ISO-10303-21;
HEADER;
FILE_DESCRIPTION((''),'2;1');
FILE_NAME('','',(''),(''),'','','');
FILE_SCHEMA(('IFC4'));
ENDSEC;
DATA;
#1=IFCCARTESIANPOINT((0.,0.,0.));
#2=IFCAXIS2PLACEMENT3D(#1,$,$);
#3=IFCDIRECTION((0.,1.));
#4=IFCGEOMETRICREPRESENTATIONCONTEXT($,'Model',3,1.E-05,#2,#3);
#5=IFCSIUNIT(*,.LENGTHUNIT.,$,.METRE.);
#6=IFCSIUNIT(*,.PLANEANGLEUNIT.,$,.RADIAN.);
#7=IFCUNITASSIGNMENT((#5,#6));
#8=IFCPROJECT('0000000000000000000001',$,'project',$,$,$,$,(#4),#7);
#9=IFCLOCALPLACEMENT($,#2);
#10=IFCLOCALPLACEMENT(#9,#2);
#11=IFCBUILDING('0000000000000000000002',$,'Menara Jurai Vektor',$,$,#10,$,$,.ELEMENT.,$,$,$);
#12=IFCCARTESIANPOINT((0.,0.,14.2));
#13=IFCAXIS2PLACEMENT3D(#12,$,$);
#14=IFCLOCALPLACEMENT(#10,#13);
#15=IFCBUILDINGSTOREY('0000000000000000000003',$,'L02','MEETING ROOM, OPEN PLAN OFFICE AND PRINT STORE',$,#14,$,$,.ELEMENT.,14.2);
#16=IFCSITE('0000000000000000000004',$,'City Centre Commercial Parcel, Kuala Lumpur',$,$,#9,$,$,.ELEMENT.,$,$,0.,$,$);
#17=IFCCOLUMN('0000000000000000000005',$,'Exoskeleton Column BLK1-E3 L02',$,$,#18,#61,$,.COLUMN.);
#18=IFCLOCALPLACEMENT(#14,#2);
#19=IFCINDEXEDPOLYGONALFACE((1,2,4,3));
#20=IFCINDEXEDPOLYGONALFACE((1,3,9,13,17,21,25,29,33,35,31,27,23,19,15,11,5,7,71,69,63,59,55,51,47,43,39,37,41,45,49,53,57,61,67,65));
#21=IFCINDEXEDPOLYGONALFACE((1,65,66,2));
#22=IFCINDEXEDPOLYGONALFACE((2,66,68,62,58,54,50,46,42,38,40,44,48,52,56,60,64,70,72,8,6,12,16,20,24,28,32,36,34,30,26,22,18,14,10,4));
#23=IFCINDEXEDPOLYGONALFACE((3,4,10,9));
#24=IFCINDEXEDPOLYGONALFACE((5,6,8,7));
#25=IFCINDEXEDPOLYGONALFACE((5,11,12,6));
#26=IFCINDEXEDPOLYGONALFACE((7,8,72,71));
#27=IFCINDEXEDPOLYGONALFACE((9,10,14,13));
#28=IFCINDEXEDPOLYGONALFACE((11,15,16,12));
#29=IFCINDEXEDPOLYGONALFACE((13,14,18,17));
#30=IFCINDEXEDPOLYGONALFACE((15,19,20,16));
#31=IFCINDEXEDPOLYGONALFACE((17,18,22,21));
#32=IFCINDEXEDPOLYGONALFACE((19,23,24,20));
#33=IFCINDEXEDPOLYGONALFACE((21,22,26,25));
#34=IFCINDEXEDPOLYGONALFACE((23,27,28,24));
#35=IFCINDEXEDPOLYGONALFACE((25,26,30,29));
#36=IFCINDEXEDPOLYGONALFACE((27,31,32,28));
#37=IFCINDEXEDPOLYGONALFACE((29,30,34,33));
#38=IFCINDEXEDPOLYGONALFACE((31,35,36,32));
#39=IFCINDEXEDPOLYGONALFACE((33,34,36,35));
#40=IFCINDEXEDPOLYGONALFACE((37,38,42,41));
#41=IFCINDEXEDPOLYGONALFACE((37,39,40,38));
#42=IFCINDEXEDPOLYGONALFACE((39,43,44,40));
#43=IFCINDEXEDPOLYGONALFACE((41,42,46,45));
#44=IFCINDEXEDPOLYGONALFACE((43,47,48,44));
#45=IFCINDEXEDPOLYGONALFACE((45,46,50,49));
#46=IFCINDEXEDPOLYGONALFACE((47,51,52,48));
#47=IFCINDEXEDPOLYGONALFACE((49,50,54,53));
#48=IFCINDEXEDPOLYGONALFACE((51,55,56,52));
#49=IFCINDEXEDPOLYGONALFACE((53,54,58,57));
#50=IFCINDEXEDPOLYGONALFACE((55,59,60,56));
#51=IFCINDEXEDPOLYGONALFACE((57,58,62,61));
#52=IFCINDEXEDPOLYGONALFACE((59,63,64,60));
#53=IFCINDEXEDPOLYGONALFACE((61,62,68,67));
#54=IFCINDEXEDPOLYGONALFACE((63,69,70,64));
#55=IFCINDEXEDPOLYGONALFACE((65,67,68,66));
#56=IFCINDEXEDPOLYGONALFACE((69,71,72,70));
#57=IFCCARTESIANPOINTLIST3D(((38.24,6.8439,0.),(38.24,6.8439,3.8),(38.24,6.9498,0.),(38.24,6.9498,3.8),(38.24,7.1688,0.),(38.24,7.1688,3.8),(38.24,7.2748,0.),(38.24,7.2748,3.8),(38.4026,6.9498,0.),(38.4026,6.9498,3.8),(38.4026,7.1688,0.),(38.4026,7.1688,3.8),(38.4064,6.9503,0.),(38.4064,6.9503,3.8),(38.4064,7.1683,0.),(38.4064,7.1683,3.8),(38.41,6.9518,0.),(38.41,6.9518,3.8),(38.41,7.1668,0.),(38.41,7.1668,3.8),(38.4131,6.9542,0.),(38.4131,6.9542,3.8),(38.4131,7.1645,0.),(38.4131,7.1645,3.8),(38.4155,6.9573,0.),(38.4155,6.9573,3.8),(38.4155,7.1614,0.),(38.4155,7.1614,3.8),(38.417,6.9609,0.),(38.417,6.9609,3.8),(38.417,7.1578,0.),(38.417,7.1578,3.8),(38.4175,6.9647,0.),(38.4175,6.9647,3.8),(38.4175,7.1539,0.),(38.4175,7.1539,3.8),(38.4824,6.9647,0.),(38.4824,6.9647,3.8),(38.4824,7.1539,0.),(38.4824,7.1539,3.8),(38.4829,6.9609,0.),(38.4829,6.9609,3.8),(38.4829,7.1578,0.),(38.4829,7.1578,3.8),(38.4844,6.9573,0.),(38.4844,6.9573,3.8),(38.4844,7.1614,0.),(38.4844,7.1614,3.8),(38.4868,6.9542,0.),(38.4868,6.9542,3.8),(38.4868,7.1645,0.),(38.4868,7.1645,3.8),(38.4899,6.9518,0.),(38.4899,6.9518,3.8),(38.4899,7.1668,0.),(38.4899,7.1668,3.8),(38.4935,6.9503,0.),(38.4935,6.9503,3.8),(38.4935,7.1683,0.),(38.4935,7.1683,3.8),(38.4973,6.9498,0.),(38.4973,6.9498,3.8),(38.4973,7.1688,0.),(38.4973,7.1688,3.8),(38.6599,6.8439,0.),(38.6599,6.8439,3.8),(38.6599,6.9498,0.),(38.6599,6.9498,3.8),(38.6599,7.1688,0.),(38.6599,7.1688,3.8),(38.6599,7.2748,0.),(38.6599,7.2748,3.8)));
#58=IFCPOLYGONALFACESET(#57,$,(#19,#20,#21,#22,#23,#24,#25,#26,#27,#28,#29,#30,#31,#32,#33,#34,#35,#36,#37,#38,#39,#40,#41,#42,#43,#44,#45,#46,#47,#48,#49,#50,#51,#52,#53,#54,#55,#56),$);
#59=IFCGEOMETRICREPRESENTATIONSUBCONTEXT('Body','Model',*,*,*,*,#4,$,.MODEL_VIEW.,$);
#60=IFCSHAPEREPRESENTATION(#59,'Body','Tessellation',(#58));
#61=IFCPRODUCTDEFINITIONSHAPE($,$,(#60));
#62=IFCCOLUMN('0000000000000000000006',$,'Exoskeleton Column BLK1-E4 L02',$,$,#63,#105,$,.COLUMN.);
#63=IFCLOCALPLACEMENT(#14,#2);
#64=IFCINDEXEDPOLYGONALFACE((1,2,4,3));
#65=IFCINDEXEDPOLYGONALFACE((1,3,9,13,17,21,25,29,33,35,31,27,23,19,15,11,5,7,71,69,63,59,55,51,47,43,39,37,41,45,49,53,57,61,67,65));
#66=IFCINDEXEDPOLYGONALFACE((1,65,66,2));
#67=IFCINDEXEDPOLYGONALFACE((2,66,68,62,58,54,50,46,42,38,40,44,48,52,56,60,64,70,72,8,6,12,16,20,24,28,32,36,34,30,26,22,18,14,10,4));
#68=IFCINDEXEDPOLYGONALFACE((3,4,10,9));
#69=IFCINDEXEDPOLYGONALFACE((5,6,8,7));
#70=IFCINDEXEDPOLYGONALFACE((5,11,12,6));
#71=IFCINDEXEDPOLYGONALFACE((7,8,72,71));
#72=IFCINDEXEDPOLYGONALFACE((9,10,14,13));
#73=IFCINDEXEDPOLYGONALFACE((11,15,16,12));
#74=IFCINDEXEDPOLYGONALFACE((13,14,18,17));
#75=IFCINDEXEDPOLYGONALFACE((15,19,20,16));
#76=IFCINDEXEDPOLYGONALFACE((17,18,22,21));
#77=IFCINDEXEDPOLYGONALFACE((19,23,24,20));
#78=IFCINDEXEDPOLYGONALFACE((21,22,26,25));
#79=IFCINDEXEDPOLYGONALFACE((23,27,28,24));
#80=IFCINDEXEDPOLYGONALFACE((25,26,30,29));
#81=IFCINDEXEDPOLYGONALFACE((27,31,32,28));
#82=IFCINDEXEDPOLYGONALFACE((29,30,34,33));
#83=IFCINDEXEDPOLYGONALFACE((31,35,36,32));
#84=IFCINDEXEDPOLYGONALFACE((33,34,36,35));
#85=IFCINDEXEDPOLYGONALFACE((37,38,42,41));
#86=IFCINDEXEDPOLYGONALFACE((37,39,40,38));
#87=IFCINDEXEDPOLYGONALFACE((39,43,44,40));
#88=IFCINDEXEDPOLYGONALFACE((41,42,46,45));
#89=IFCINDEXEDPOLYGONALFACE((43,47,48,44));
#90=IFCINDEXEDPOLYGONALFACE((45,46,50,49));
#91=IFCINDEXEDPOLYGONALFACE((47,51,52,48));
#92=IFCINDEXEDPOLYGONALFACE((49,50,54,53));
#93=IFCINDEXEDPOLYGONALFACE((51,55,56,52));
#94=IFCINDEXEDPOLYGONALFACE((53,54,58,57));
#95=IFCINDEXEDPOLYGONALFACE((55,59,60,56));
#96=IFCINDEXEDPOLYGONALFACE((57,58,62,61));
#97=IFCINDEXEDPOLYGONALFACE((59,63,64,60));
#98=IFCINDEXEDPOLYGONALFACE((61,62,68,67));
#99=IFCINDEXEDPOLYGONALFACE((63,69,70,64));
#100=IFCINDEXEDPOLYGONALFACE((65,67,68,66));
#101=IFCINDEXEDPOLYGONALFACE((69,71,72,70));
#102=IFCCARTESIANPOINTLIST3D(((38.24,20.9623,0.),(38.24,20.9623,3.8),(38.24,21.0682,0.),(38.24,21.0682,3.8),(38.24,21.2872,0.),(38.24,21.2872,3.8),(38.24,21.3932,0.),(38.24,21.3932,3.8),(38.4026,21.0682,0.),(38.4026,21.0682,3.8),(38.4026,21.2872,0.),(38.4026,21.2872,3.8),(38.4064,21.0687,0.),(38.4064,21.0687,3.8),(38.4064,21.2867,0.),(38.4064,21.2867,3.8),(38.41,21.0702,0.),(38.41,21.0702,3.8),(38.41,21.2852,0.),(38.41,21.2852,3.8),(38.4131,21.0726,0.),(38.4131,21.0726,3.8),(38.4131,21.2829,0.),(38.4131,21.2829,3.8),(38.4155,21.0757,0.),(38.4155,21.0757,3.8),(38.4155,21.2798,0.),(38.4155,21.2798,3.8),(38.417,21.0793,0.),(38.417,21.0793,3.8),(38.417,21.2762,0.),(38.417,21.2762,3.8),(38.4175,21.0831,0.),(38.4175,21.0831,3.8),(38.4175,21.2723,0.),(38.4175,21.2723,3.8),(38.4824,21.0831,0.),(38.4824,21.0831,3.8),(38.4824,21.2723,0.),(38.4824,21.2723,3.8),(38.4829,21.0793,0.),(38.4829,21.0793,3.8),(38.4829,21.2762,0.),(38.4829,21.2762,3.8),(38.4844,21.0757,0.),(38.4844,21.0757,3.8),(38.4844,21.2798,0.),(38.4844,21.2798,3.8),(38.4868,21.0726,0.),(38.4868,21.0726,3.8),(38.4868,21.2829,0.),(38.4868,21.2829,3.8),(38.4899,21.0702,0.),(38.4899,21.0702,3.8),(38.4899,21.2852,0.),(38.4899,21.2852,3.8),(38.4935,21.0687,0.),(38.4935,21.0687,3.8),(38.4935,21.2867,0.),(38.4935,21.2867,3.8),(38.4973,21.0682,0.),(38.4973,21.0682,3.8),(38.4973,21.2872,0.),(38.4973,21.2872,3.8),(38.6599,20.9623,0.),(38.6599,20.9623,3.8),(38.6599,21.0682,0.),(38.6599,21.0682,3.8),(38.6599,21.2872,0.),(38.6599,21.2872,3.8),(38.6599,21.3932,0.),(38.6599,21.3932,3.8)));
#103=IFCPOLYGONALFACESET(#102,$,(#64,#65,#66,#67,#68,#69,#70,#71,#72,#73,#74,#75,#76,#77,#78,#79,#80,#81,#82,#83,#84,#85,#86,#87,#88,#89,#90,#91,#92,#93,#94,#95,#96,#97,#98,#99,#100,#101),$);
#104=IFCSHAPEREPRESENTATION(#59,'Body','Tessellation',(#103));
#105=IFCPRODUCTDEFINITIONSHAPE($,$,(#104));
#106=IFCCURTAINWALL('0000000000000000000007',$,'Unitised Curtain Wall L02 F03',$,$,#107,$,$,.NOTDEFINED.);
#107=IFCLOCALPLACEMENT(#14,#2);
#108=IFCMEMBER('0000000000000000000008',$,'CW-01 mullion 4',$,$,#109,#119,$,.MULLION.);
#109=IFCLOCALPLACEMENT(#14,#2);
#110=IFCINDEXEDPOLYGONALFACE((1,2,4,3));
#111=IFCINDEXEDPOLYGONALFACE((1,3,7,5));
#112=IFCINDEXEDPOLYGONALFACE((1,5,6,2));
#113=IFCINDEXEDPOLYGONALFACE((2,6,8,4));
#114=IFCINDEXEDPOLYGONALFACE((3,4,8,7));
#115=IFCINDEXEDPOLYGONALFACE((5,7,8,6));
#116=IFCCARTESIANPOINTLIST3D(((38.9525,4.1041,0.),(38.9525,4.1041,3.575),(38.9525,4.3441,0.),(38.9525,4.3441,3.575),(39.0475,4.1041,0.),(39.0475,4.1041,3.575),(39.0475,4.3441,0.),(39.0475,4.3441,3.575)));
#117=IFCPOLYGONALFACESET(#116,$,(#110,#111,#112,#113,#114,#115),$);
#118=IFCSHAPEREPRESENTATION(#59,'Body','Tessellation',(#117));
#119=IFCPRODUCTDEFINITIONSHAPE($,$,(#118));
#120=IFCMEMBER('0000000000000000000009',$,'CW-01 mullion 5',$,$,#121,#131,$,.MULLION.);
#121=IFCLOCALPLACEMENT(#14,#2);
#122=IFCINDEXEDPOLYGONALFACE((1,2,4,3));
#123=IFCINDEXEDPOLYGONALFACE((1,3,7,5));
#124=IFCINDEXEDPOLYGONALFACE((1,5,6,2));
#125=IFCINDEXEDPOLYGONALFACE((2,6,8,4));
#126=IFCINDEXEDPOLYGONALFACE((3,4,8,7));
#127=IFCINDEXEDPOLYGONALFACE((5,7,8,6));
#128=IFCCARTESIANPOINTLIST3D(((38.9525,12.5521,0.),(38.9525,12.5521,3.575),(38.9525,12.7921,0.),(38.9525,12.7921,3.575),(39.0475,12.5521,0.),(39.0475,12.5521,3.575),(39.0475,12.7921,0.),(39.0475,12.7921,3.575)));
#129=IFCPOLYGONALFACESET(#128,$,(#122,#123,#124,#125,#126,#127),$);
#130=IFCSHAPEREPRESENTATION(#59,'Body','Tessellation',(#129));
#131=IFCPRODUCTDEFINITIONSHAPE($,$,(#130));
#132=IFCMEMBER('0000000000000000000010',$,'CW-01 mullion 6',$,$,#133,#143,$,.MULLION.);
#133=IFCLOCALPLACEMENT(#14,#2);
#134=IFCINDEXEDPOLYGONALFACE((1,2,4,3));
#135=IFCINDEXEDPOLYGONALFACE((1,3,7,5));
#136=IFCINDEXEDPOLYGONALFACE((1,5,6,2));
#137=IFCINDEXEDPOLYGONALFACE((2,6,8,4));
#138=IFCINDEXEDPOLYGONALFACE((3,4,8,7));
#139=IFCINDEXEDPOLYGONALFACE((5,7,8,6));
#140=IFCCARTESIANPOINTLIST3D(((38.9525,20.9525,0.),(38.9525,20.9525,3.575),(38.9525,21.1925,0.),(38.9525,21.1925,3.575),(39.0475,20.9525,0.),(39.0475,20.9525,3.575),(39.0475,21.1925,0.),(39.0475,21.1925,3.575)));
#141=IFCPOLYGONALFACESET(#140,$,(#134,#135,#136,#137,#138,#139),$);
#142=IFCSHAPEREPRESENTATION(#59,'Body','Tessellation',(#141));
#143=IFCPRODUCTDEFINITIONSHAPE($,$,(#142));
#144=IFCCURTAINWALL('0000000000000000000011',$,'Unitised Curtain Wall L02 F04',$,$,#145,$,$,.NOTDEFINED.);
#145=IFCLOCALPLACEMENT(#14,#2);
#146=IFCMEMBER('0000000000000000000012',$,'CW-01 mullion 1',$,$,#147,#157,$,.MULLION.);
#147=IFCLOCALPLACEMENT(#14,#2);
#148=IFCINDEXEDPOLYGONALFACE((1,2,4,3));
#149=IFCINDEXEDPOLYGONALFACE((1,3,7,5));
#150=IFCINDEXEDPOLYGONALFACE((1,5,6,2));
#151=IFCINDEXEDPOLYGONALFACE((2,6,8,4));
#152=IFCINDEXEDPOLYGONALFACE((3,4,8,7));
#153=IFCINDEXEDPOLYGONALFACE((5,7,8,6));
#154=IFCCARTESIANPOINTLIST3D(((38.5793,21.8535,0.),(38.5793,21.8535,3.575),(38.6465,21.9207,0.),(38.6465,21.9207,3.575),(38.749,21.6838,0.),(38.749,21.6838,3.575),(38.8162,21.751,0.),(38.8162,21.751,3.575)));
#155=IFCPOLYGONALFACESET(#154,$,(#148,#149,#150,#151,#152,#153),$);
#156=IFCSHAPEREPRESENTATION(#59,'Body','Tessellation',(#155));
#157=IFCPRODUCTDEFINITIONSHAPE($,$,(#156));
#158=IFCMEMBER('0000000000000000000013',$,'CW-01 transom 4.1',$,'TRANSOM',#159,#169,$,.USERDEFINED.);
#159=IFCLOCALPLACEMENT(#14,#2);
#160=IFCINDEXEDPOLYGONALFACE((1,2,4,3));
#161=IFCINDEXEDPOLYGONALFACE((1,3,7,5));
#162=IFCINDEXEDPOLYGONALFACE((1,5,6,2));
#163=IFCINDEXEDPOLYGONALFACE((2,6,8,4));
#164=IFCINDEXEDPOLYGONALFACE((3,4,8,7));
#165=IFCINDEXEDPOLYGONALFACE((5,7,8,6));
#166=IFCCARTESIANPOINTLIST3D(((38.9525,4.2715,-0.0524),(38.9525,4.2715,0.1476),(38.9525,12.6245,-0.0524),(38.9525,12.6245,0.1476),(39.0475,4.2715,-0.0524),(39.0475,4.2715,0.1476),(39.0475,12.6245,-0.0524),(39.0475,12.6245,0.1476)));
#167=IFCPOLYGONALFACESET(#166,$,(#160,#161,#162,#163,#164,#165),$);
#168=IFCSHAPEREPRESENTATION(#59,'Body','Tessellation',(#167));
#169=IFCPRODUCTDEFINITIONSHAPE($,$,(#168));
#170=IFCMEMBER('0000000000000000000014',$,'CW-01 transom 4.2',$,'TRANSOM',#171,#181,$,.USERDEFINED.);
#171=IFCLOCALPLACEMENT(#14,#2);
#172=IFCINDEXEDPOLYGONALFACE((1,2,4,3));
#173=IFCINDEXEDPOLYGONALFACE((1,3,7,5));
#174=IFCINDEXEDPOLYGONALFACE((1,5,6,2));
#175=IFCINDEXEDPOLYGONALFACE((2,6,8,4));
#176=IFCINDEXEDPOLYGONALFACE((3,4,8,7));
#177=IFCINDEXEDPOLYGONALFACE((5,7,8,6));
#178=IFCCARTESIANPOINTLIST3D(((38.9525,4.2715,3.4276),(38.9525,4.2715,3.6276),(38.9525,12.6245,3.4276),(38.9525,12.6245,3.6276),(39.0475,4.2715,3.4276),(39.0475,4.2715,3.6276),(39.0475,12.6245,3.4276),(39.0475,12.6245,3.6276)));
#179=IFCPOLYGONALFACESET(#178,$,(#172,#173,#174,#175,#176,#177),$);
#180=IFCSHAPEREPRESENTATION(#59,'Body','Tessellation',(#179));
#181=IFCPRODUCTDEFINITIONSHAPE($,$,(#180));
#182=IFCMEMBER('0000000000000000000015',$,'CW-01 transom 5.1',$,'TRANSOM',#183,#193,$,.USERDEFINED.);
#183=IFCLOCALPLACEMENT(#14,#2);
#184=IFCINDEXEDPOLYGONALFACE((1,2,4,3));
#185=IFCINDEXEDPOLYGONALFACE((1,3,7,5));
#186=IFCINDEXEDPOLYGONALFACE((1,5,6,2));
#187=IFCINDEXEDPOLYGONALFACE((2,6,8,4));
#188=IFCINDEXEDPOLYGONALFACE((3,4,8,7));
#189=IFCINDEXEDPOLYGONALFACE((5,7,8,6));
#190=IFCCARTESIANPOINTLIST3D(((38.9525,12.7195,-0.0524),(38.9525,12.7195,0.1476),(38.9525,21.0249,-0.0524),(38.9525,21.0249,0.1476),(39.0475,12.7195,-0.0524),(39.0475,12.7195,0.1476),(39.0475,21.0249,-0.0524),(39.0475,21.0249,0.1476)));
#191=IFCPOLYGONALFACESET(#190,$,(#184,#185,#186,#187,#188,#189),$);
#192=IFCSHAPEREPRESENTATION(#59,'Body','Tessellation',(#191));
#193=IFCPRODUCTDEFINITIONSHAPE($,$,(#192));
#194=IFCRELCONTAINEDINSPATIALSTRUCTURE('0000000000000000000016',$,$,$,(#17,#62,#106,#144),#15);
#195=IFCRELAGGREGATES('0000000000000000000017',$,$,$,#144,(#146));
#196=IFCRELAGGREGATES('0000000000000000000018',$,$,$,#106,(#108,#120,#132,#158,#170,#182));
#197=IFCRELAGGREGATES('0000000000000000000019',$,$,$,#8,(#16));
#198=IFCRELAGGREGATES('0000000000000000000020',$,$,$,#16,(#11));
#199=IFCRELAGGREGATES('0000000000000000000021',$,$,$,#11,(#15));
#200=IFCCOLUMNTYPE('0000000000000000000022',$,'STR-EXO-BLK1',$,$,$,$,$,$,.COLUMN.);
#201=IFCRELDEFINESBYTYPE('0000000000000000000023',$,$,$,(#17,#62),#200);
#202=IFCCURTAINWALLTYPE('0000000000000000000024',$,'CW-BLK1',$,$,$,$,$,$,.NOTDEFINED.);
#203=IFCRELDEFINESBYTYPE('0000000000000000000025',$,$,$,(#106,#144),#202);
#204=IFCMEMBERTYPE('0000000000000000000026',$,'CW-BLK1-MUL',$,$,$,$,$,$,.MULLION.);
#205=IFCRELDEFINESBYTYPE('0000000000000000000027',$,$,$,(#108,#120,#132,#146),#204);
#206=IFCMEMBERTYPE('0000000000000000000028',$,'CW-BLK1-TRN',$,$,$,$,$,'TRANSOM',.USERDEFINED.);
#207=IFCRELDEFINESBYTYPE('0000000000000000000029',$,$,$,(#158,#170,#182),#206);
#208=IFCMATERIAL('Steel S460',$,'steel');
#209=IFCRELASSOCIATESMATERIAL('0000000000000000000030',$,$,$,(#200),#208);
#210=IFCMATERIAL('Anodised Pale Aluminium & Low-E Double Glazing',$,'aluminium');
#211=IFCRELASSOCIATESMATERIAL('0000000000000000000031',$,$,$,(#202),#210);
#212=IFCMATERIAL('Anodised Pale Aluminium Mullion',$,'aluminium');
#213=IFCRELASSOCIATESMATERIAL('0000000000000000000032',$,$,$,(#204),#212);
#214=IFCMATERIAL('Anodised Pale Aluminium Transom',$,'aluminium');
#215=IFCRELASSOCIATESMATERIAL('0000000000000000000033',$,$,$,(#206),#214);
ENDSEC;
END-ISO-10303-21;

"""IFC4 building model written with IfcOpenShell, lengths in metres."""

from ifc_helpers import new_model, si_unit, direction, frame, origin, origin_2d, place, context, subcontext, project, spatial, rectangle, i_section, extrude, material, material_profile, profile_set, type_object, element, aggregate, save


model = new_model("IFC4")

# Units and contexts
model_context = context("Model", 3, precision=1e-05, world=origin(), true_north=direction((0.0, 1.0)))
body_context = subcontext(model_context, "Body", "Model", "MODEL_VIEW")
ifc_project = project(units=[si_unit("LENGTHUNIT", "METRE"), si_unit("PLANEANGLEUNIT", "RADIAN")], contexts=[model_context])

# Site, building, storey
site_placement = place(None, origin())
site = spatial("IfcSite", under=ifc_project, at=site_placement, Name="City Centre Commercial Parcel, Kuala Lumpur", CompositionType="ELEMENT", RefElevation=0.0)
building_placement = place(site_placement, origin())
building = spatial("IfcBuilding", under=site, at=building_placement, Name="Menara Jurai Vektor", CompositionType="ELEMENT")
storey_placement = place(building_placement, frame((0.0, 0.0, 14.2)))
storey = spatial("IfcBuildingStorey", under=building, at=storey_placement, Name="L02", Description="MEETING ROOM, OPEN PLAN OFFICE AND PRINT STORE", CompositionType="ELEMENT", Elevation=14.2)

# Columns
ifc_material_1 = material(Name="Steel S460", Category="steel")
ifc_material_profile_1 = material_profile(ifc_material_1, i_section(OverallWidth=0.4199, OverallDepth=0.4309, WebThickness=0.0649, FlangeThickness=0.106, FilletRadius=0.0149, at=origin_2d()), Name="HD 400x900")
ifc_profile_set_1 = profile_set([ifc_material_profile_1], Name="Steel S460")
column_type = type_object("IfcColumnType", Name="STR-EXO-BLK1", PredefinedType="COLUMN", material=ifc_profile_set_1)
for number, where, z_axis, x_axis, name in (
    (1, (38.45, 7.0593, 0.0), (0.0, 0.0, 1.0), (1.0, 0.0, 0.0), "Exoskeleton Column BLK1-E3 L02"),
    (2, (38.45, 21.1777, 0.0), (0.0, 0.0, 1.0), (1.0, 0.0, 0.0), "Exoskeleton Column BLK1-E4 L02"),
):
    element("IfcColumn", number, at=place(storey_placement, frame(where, z_axis=z_axis, x_axis=x_axis)), inside=storey, type_object=column_type, Name=name, PredefinedType="COLUMN", context=body_context, shape_type="SweptSolid", body=[
        extrude(i_section(OverallWidth=0.4199, OverallDepth=0.4309, WebThickness=0.0649, FlangeThickness=0.106, FilletRadius=0.0149, at=origin_2d()), origin(), (0.0, 0.0, 1.0), 3.8),
    ])

# Curtain wall, members
ifc_material_2 = material(Name="Anodised Pale Aluminium & Low-E Double Glazing", Category="aluminium")
curtain_wall_type = type_object("IfcCurtainWallType", Name="CW-BLK1", PredefinedType="NOTDEFINED", material=ifc_material_2)
curtain_wall_1_placement = place(storey_placement, origin())
curtain_wall_1 = element("IfcCurtainWall", 3, at=curtain_wall_1_placement, inside=storey, type_object=curtain_wall_type, Name="Unitised Curtain Wall L02 F03", PredefinedType="NOTDEFINED")
ifc_material_3 = material(Name="Anodised Pale Aluminium Mullion", Category="aluminium")
ifc_material_profile_2 = material_profile(ifc_material_3, rectangle(XDim=0.095, YDim=0.24, at=origin_2d()), Name="ALU MUL 95x240")
ifc_profile_set_2 = profile_set([ifc_material_profile_2], Name="Anodised Pale Aluminium Mullion")
member_type_1 = type_object("IfcMemberType", Name="CW-BLK1-MUL", PredefinedType="MULLION", material=ifc_profile_set_2)
member_1_placement = place(storey_placement, frame((39.0, 4.2241, 0.0), z_axis=(0.0, 0.0, 1.0), x_axis=(-1.0, 0.0, 0.0)))
member_1 = element("IfcMember", 4, at=member_1_placement, type_object=member_type_1, Name="CW-01 mullion 4", PredefinedType="MULLION", context=body_context, shape_type="SweptSolid", body=[
    extrude(rectangle(XDim=0.095, YDim=0.24, at=origin_2d()), origin(), (0.0, 0.0, 1.0), 3.575),
])
member_2_placement = place(storey_placement, frame((39.0, 12.6721, 0.0), z_axis=(0.0, 0.0, 1.0), x_axis=(-1.0, 0.0, 0.0)))
member_2 = element("IfcMember", 5, at=member_2_placement, type_object=member_type_1, Name="CW-01 mullion 5", PredefinedType="MULLION", context=body_context, shape_type="SweptSolid", body=[
    extrude(rectangle(XDim=0.095, YDim=0.24, at=origin_2d()), origin(), (0.0, 0.0, 1.0), 3.575),
])
member_3_placement = place(storey_placement, frame((39.0, 21.0725, 0.0), z_axis=(0.0, 0.0, 1.0), x_axis=(-1.0, 0.0, 0.0)))
member_3 = element("IfcMember", 6, at=member_3_placement, type_object=member_type_1, Name="CW-01 mullion 6", PredefinedType="MULLION", context=body_context, shape_type="SweptSolid", body=[
    extrude(rectangle(XDim=0.095, YDim=0.24, at=origin_2d()), origin(), (0.0, 0.0, 1.0), 3.575),
])

# Curtain wall, member
curtain_wall_2_placement = place(storey_placement, origin())
curtain_wall_2 = element("IfcCurtainWall", 7, at=curtain_wall_2_placement, inside=storey, type_object=curtain_wall_type, Name="Unitised Curtain Wall L02 F04", PredefinedType="NOTDEFINED")
member_4_placement = place(storey_placement, frame((38.6978, 21.8022, 0.0), z_axis=(0.0, 0.0, 1.0), x_axis=(-0.707107, -0.707107, 0.0)))
member_4 = element("IfcMember", 8, at=member_4_placement, type_object=member_type_1, Name="CW-01 mullion 1", PredefinedType="MULLION", context=body_context, shape_type="SweptSolid", body=[
    extrude(rectangle(XDim=0.095, YDim=0.24, at=origin_2d()), origin(), (0.0, 0.0, 1.0), 3.575),
])
aggregate(curtain_wall_2, [member_4])

# Members
ifc_material_4 = material(Name="Anodised Pale Aluminium Transom", Category="aluminium")
ifc_material_profile_3 = material_profile(ifc_material_4, rectangle(XDim=0.095, YDim=0.2, at=origin_2d()), Name="ALU TRN 95x200")
ifc_profile_set_3 = profile_set([ifc_material_profile_3], Name="Anodised Pale Aluminium Transom")
member_type_2 = type_object("IfcMemberType", Name="CW-BLK1-TRN", ElementType="TRANSOM", PredefinedType="USERDEFINED", material=ifc_profile_set_3)
member_5_placement = place(storey_placement, frame((39.0, 4.2715, 0.0476), z_axis=(0.0, 1.0, 0.0), x_axis=(-1.0, 0.0, 0.0)))
member_5 = element("IfcMember", 9, at=member_5_placement, type_object=member_type_2, Name="CW-01 transom 4.1", ObjectType="TRANSOM", PredefinedType="USERDEFINED", context=body_context, shape_type="SweptSolid", body=[
    extrude(rectangle(XDim=0.095, YDim=0.2, at=origin_2d()), origin(), (0.0, 0.0, 1.0), 8.353),
])
member_6_placement = place(storey_placement, frame((39.0, 4.2715, 3.5276), z_axis=(0.0, 1.0, 0.0), x_axis=(-1.0, 0.0, 0.0)))
member_6 = element("IfcMember", 10, at=member_6_placement, type_object=member_type_2, Name="CW-01 transom 4.2", ObjectType="TRANSOM", PredefinedType="USERDEFINED", context=body_context, shape_type="SweptSolid", body=[
    extrude(rectangle(XDim=0.095, YDim=0.2, at=origin_2d()), origin(), (0.0, 0.0, 1.0), 8.353),
])
member_7_placement = place(storey_placement, frame((39.0, 12.7195, 0.0476), z_axis=(0.0, 1.0, 0.0), x_axis=(-1.0, 0.0, 0.0)))
member_7 = element("IfcMember", 11, at=member_7_placement, type_object=member_type_2, Name="CW-01 transom 5.1", ObjectType="TRANSOM", PredefinedType="USERDEFINED", context=body_context, shape_type="SweptSolid", body=[
    extrude(rectangle(XDim=0.095, YDim=0.2, at=origin_2d()), origin(), (0.0, 0.0, 1.0), 8.3054),
])

aggregate(curtain_wall_1, [member_1, member_2, member_3, member_5, member_6, member_7])

save(model, "model.ifc")
